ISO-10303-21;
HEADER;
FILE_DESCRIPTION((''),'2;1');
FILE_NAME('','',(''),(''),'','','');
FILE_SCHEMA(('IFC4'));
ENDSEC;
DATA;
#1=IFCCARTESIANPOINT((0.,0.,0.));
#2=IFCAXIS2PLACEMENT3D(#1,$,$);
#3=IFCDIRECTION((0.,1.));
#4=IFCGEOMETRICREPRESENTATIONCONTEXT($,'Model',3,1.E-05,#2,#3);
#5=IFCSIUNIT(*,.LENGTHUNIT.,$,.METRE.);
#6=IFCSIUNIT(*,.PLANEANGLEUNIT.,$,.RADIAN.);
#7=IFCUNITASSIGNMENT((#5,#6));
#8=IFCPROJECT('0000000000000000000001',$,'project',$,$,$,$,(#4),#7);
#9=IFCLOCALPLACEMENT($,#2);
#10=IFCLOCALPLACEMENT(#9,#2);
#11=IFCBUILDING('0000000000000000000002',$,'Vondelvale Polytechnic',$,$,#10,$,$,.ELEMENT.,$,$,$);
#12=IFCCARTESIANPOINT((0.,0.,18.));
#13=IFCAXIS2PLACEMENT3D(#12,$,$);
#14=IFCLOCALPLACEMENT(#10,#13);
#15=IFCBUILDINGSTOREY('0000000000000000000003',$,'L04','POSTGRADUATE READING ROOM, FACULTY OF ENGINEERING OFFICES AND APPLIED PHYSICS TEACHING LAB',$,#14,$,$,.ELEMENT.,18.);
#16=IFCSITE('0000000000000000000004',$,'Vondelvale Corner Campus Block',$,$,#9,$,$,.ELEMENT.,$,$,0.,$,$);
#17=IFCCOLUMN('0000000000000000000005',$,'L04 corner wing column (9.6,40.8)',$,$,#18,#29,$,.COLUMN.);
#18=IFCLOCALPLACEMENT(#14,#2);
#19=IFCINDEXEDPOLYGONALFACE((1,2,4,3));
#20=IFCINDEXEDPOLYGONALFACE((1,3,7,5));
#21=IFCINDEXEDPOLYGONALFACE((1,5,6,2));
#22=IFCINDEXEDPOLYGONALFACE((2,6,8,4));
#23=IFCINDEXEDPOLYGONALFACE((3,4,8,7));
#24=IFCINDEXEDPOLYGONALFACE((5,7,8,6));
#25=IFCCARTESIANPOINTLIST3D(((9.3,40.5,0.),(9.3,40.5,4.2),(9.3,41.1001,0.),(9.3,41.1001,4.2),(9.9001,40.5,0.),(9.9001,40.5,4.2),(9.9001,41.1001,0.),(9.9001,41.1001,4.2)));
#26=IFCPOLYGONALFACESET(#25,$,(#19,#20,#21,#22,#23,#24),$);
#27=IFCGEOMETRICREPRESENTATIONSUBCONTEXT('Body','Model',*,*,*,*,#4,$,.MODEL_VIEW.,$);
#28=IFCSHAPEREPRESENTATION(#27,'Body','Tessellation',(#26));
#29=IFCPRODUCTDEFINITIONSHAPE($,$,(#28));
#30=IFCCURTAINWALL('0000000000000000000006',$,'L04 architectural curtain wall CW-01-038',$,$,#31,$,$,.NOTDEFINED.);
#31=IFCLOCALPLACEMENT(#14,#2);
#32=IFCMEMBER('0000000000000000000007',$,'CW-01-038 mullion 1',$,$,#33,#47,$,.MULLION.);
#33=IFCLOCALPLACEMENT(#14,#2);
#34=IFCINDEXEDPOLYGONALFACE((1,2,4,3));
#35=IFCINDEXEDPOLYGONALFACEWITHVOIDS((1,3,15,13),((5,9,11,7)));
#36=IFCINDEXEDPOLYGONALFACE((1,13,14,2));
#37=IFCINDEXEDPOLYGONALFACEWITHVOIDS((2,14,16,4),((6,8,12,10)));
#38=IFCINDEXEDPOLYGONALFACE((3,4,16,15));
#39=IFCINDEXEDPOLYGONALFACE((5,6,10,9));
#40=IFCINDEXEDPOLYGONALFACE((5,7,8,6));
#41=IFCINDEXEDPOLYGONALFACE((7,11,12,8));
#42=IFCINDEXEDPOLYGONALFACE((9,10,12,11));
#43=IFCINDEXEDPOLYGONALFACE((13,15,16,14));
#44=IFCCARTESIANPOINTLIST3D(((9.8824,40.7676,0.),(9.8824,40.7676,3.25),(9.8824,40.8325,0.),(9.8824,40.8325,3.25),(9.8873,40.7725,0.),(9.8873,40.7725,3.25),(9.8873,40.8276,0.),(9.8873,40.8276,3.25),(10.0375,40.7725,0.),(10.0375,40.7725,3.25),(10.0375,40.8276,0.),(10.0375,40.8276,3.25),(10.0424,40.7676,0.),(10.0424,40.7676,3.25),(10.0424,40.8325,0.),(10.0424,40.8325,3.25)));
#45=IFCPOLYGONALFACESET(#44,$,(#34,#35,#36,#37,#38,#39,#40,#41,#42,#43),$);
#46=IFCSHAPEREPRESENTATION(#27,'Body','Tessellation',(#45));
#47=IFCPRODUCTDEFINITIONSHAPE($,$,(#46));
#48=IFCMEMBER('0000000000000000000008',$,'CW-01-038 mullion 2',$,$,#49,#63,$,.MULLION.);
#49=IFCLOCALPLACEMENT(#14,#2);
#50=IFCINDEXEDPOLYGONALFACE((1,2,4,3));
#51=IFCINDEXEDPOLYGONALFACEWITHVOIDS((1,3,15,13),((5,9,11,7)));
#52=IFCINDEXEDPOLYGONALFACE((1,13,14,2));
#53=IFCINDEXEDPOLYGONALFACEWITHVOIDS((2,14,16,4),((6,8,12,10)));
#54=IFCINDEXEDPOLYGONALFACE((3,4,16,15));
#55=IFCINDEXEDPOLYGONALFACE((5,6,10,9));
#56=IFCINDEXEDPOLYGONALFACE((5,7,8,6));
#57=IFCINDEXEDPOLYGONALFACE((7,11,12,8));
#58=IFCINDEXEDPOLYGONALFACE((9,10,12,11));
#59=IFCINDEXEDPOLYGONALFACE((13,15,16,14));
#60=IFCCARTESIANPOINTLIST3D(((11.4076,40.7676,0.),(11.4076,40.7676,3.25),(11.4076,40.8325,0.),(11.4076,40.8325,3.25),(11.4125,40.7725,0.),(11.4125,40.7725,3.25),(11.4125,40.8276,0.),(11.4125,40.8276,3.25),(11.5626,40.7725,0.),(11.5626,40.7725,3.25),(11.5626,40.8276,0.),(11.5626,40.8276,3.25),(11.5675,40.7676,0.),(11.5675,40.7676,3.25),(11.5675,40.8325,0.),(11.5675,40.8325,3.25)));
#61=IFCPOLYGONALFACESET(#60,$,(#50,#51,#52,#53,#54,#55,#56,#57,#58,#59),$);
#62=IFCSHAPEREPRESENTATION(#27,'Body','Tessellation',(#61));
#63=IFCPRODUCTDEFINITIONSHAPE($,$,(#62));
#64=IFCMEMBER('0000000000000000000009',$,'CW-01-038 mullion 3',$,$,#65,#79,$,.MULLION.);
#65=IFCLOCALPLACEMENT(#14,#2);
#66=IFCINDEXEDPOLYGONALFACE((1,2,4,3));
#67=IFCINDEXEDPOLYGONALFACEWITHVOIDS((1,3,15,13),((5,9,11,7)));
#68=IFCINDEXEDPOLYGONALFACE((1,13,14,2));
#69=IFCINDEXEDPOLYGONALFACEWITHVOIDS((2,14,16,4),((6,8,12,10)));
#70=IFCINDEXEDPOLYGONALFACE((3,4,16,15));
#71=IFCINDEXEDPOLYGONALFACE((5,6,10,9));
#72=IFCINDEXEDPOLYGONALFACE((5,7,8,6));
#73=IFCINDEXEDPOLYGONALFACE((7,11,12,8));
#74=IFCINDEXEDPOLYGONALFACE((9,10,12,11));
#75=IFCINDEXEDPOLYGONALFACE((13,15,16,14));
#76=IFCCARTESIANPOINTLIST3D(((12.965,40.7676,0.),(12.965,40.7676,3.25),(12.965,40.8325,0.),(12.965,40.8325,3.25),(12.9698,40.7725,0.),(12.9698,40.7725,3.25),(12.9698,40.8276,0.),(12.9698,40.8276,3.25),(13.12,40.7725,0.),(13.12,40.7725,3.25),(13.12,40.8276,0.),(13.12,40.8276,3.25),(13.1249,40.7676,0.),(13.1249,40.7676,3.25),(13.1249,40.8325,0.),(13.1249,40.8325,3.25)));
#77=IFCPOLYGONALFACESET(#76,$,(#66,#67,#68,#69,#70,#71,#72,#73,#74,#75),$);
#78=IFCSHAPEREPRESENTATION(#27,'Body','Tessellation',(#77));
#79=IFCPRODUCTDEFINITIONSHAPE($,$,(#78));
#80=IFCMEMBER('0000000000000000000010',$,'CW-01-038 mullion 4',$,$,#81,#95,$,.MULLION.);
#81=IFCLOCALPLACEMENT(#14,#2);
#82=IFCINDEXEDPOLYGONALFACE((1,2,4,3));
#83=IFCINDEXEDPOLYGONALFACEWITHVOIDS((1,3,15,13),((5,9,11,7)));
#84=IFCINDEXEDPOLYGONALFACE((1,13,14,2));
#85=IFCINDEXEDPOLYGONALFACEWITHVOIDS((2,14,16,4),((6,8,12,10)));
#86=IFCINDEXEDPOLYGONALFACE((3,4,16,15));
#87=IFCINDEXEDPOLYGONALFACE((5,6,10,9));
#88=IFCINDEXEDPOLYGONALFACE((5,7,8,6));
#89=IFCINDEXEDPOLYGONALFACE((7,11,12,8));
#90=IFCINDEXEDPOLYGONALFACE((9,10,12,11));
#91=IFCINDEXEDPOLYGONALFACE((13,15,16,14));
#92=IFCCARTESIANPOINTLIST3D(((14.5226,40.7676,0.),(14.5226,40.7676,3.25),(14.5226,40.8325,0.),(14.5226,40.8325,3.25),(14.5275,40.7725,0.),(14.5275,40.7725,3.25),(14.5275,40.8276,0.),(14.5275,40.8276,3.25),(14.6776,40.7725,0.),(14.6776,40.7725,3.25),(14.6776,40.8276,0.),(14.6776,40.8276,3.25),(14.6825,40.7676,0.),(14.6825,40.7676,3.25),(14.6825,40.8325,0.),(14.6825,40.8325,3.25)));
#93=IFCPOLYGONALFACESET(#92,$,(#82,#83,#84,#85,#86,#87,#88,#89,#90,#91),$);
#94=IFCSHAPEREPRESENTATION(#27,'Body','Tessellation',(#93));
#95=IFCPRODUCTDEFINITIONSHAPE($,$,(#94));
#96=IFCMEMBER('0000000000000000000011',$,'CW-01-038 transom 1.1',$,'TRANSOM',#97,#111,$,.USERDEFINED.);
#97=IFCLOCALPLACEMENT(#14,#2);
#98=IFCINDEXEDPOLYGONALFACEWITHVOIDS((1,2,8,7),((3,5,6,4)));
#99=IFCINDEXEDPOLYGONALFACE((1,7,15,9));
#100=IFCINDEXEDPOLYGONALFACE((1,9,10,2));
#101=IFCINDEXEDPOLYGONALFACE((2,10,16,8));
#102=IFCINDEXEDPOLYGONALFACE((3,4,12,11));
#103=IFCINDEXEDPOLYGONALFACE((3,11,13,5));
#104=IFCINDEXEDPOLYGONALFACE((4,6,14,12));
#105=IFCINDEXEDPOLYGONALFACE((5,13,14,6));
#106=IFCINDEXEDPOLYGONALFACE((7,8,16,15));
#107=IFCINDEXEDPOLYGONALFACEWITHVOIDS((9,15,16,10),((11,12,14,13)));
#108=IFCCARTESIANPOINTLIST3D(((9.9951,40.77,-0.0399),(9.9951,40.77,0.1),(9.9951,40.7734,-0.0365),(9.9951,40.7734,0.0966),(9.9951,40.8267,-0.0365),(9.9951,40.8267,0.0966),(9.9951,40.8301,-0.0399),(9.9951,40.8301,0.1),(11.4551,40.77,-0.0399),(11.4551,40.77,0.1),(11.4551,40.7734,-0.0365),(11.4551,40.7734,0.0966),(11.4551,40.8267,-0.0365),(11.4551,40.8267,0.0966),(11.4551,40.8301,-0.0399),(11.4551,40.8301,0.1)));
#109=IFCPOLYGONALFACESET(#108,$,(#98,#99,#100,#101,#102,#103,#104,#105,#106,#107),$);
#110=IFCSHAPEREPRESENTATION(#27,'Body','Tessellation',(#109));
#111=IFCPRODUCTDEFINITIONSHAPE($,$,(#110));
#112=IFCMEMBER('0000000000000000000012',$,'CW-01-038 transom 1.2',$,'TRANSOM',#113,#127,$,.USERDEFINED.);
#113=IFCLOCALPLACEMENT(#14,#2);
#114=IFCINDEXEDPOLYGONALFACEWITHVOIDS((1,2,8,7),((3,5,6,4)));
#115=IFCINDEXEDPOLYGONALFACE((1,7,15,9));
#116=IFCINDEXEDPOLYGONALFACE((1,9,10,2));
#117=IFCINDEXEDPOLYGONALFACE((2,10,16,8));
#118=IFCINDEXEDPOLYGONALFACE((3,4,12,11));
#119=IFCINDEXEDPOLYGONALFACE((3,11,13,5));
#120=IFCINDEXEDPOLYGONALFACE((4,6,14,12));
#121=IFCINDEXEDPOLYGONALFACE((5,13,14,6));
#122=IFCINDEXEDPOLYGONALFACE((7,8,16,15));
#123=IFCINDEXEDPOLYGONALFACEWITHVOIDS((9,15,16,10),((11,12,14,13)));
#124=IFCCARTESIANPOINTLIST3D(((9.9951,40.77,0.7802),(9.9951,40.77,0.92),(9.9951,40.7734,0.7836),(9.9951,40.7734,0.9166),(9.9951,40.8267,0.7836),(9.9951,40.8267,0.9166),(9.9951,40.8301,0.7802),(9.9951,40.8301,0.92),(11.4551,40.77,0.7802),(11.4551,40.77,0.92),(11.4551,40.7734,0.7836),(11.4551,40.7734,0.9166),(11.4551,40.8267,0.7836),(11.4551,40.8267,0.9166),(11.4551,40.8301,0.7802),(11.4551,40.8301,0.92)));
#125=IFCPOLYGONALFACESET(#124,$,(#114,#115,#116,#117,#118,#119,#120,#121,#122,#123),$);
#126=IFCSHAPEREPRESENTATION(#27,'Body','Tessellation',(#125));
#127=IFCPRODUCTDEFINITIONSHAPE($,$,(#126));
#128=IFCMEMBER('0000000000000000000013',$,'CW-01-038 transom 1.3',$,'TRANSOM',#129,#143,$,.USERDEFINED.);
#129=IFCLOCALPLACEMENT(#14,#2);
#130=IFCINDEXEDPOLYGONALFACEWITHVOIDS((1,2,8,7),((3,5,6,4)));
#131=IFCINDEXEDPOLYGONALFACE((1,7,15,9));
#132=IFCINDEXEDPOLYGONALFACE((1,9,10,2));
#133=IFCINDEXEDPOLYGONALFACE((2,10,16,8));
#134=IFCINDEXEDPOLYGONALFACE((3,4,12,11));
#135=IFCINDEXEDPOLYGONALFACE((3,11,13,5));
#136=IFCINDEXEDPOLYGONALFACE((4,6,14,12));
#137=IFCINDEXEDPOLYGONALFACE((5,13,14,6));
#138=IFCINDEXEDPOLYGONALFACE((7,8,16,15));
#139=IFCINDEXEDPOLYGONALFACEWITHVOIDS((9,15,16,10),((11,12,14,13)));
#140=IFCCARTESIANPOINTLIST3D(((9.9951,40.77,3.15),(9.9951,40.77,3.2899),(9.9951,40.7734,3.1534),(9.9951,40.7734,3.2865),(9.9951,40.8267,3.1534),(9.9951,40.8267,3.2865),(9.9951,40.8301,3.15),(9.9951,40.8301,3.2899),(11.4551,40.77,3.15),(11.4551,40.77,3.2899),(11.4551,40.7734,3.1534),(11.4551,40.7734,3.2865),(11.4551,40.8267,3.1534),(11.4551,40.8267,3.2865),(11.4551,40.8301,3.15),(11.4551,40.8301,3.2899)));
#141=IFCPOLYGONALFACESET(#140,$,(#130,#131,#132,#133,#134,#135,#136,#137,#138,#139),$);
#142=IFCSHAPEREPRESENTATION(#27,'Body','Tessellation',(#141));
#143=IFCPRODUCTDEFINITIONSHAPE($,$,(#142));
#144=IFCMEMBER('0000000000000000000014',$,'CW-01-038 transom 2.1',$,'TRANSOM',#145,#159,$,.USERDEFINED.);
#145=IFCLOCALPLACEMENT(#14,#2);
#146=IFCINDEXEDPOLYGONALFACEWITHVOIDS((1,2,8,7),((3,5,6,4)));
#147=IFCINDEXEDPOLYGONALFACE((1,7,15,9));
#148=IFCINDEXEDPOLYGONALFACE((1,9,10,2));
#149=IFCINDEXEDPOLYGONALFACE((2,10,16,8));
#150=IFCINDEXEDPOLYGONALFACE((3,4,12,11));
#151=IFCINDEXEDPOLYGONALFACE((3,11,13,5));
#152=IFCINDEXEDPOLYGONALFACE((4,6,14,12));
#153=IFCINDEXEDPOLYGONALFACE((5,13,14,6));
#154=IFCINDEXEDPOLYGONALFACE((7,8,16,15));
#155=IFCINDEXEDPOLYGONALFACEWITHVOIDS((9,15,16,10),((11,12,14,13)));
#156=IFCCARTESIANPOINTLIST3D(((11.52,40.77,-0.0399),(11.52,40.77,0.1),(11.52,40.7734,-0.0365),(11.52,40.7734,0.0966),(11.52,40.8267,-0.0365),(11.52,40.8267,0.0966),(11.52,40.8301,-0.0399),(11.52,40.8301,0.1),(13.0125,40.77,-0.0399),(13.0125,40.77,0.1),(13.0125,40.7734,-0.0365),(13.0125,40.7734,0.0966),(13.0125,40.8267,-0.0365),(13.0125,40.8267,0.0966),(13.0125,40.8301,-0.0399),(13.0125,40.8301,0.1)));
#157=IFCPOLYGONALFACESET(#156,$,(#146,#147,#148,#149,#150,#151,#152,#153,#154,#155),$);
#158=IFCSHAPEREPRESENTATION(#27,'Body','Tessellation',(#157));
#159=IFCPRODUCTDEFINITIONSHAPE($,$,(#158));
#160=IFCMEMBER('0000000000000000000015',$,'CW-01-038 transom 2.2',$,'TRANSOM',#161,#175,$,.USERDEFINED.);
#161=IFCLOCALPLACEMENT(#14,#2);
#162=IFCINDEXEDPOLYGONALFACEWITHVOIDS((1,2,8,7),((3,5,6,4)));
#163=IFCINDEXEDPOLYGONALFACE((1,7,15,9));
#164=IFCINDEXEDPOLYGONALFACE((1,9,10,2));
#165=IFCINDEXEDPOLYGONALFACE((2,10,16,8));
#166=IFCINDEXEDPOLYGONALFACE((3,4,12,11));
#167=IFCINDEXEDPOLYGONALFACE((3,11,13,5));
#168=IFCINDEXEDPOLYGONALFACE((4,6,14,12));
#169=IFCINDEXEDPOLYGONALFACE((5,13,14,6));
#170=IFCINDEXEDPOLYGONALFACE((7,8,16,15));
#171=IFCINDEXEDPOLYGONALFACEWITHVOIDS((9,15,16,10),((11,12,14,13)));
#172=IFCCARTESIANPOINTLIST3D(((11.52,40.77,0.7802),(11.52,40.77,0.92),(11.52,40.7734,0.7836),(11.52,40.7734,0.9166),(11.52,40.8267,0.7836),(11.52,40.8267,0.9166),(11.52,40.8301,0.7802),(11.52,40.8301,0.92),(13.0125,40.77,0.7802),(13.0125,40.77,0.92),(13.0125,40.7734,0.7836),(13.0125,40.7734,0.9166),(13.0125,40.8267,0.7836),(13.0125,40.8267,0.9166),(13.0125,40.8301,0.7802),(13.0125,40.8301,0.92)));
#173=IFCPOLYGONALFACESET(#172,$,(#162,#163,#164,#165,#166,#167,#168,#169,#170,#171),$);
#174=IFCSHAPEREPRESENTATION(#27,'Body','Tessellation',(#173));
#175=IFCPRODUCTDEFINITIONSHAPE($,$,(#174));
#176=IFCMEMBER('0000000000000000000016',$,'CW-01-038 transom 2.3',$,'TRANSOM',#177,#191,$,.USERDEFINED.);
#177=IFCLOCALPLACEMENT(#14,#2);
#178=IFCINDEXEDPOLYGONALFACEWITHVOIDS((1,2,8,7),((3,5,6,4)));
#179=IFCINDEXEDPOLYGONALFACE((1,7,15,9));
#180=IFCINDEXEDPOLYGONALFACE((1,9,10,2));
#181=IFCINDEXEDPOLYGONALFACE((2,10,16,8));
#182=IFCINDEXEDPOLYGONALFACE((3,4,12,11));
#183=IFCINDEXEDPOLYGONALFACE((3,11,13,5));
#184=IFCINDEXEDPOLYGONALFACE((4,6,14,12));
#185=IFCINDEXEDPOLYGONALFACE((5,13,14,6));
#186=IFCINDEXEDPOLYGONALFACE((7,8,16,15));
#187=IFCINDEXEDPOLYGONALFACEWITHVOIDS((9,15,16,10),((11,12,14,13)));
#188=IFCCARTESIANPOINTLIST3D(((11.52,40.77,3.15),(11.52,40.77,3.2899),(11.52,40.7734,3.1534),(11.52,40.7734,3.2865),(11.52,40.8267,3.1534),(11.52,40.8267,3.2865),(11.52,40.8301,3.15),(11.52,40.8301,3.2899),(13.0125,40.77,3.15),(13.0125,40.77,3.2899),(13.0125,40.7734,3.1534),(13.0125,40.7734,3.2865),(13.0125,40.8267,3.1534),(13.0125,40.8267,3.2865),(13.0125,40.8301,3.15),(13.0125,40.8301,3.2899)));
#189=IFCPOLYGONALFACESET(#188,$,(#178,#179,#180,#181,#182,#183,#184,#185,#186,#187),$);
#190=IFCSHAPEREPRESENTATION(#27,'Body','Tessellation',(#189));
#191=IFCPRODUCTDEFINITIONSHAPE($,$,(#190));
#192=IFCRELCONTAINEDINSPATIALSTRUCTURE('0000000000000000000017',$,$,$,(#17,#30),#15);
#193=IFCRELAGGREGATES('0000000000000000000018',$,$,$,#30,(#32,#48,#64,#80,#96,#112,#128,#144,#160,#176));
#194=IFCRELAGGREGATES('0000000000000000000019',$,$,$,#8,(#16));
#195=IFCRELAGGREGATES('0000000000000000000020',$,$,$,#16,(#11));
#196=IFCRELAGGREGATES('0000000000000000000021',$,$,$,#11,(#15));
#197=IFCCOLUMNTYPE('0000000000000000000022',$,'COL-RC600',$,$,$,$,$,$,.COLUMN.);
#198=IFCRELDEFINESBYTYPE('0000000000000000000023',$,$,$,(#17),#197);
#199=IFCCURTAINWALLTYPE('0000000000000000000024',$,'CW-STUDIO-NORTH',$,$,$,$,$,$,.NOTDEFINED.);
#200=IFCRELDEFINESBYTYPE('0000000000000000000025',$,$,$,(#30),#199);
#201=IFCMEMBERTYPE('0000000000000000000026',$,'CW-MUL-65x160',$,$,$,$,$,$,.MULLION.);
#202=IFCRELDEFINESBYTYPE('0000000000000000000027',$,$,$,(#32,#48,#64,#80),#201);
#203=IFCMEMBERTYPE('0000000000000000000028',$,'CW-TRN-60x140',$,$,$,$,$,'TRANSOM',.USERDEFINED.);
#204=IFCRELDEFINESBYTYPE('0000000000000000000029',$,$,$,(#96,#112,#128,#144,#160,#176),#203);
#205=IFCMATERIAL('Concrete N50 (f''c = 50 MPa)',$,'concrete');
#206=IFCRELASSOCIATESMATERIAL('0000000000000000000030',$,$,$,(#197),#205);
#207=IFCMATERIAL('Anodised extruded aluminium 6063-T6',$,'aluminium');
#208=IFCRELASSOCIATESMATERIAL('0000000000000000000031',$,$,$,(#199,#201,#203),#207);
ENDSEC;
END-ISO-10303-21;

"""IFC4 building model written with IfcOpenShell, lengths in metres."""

from ifc_helpers import new_model, si_unit, direction, frame, origin, origin_2d, place, context, subcontext, project, spatial, rectangle, hollow_rectangle, extrude, material, material_profile, profile_set, type_object, element, aggregate, save


model = new_model("IFC4")

# Units and contexts
model_context = context("Model", 3, precision=1e-05, world=origin(), true_north=direction((0.0, 1.0)))
body_context = subcontext(model_context, "Body", "Model", "MODEL_VIEW")
ifc_project = project(units=[si_unit("LENGTHUNIT", "METRE"), si_unit("PLANEANGLEUNIT", "RADIAN")], contexts=[model_context])

# Site, building, storey
site_placement = place(None, origin())
site = spatial("IfcSite", under=ifc_project, at=site_placement, Name="Vondelvale Corner Campus Block", CompositionType="ELEMENT", RefElevation=0.0)
building_placement = place(site_placement, origin())
building = spatial("IfcBuilding", under=site, at=building_placement, Name="Vondelvale Polytechnic", CompositionType="ELEMENT")
storey_placement = place(building_placement, frame((0.0, 0.0, 18.0)))
storey = spatial("IfcBuildingStorey", under=building, at=storey_placement, Name="L04", Description="POSTGRADUATE READING ROOM, FACULTY OF ENGINEERING OFFICES AND APPLIED PHYSICS TEACHING LAB", CompositionType="ELEMENT", Elevation=18.0)

# Column
ifc_material_1 = material(Name="Concrete N50 (f'c = 50 MPa)", Category="concrete")
ifc_material_profile_1 = material_profile(ifc_material_1, rectangle(XDim=0.6001, YDim=0.6001, at=origin_2d()), Name="RC-COL-600x600")
ifc_profile_set_1 = profile_set([ifc_material_profile_1], Name="Concrete N50 (f'c = 50 MPa)")
column_type = type_object("IfcColumnType", Name="COL-RC600", PredefinedType="COLUMN", material=ifc_profile_set_1)
column_placement = place(storey_placement, frame((9.6001, 40.8, 0.0), z_axis=(0.0, 0.0, 1.0), x_axis=(1.0, 0.0, 0.0)))
element("IfcColumn", 1, at=column_placement, inside=storey, type_object=column_type, Name="L04 corner wing column (9.6,40.8)", PredefinedType="COLUMN", context=body_context, shape_type="SweptSolid", body=[
    extrude(rectangle(XDim=0.6001, YDim=0.6001, at=origin_2d()), origin(), (0.0, 0.0, 1.0), 4.2),
])

# Curtain wall, members
ifc_material_2 = material(Name="Anodised extruded aluminium 6063-T6", Category="aluminium")
curtain_wall_type = type_object("IfcCurtainWallType", Name="CW-STUDIO-NORTH", PredefinedType="NOTDEFINED", material=ifc_material_2)
curtain_wall_placement = place(storey_placement, origin())
curtain_wall = element("IfcCurtainWall", 2, at=curtain_wall_placement, inside=storey, type_object=curtain_wall_type, Name="L04 architectural curtain wall CW-01-038", PredefinedType="NOTDEFINED")
ifc_material_profile_2 = material_profile(ifc_material_2, hollow_rectangle(XDim=0.0649, YDim=0.1599, WallThickness=0.0049, at=origin_2d()), Name="CW-MUL-160x65")
ifc_profile_set_2 = profile_set([ifc_material_profile_2], Name="Anodised extruded aluminium 6063-T6")
member_type_1 = type_object("IfcMemberType", Name="CW-MUL-65x160", PredefinedType="MULLION", material=ifc_profile_set_2)
member_1_placement = place(storey_placement, frame((9.9624, 40.8, 0.0), z_axis=(0.0, 0.0, 1.0), x_axis=(0.0, 1.0, 0.0)))
member_1 = element("IfcMember", 3, at=member_1_placement, type_object=member_type_1, Name="CW-01-038 mullion 1", PredefinedType="MULLION", context=body_context, shape_type="SweptSolid", body=[
    extrude(hollow_rectangle(XDim=0.0649, YDim=0.1599, WallThickness=0.0049, at=origin_2d()), origin(), (0.0, 0.0, 1.0), 3.25),
])
member_2_placement = place(storey_placement, frame((11.4875, 40.8, 0.0), z_axis=(0.0, 0.0, 1.0), x_axis=(0.0, 1.0, 0.0)))
member_2 = element("IfcMember", 4, at=member_2_placement, type_object=member_type_1, Name="CW-01-038 mullion 2", PredefinedType="MULLION", context=body_context, shape_type="SweptSolid", body=[
    extrude(hollow_rectangle(XDim=0.0649, YDim=0.1599, WallThickness=0.0049, at=origin_2d()), origin(), (0.0, 0.0, 1.0), 3.25),
])
member_3_placement = place(storey_placement, frame((13.0449, 40.8, 0.0), z_axis=(0.0, 0.0, 1.0), x_axis=(0.0, 1.0, 0.0)))
member_3 = element("IfcMember", 5, at=member_3_placement, type_object=member_type_1, Name="CW-01-038 mullion 3", PredefinedType="MULLION", context=body_context, shape_type="SweptSolid", body=[
    extrude(hollow_rectangle(XDim=0.0649, YDim=0.1599, WallThickness=0.0049, at=origin_2d()), origin(), (0.0, 0.0, 1.0), 3.25),
])
member_4_placement = place(storey_placement, frame((14.6025, 40.8, 0.0), z_axis=(0.0, 0.0, 1.0), x_axis=(0.0, 1.0, 0.0)))
member_4 = element("IfcMember", 6, at=member_4_placement, type_object=member_type_1, Name="CW-01-038 mullion 4", PredefinedType="MULLION", context=body_context, shape_type="SweptSolid", body=[
    extrude(hollow_rectangle(XDim=0.0649, YDim=0.1599, WallThickness=0.0049, at=origin_2d()), origin(), (0.0, 0.0, 1.0), 3.25),
])
ifc_material_profile_3 = material_profile(ifc_material_2, hollow_rectangle(XDim=0.0601, YDim=0.1399, WallThickness=0.0034, at=origin_2d()), Name="CW-TRN-140x60")
ifc_profile_set_3 = profile_set([ifc_material_profile_3], Name="Anodised extruded aluminium 6063-T6")
member_type_2 = type_object("IfcMemberType", Name="CW-TRN-60x140", ElementType="TRANSOM", PredefinedType="USERDEFINED", material=ifc_profile_set_3)
member_5_placement = place(storey_placement, frame((9.9951, 40.8, 0.03), z_axis=(1.0, 0.0, 0.0), x_axis=(0.0, 1.0, 0.0)))
member_5 = element("IfcMember", 7, at=member_5_placement, type_object=member_type_2, Name="CW-01-038 transom 1.1", ObjectType="TRANSOM", PredefinedType="USERDEFINED", context=body_context, shape_type="SweptSolid", body=[
    extrude(hollow_rectangle(XDim=0.0601, YDim=0.1399, WallThickness=0.0034, at=origin_2d()), origin(), (0.0, 0.0, 1.0), 1.46),
])
member_6_placement = place(storey_placement, frame((9.9951, 40.8, 0.8501), z_axis=(1.0, 0.0, 0.0), x_axis=(0.0, 1.0, 0.0)))
member_6 = element("IfcMember", 8, at=member_6_placement, type_object=member_type_2, Name="CW-01-038 transom 1.2", ObjectType="TRANSOM", PredefinedType="USERDEFINED", context=body_context, shape_type="SweptSolid", body=[
    extrude(hollow_rectangle(XDim=0.0601, YDim=0.1399, WallThickness=0.0034, at=origin_2d()), origin(), (0.0, 0.0, 1.0), 1.46),
])
member_7_placement = place(storey_placement, frame((9.9951, 40.8, 3.22), z_axis=(1.0, 0.0, 0.0), x_axis=(0.0, 1.0, 0.0)))
member_7 = element("IfcMember", 9, at=member_7_placement, type_object=member_type_2, Name="CW-01-038 transom 1.3", ObjectType="TRANSOM", PredefinedType="USERDEFINED", context=body_context, shape_type="SweptSolid", body=[
    extrude(hollow_rectangle(XDim=0.0601, YDim=0.1399, WallThickness=0.0034, at=origin_2d()), origin(), (0.0, 0.0, 1.0), 1.46),
])
member_8_placement = place(storey_placement, frame((11.52, 40.8, 0.03), z_axis=(1.0, 0.0, 0.0), x_axis=(0.0, 1.0, 0.0)))
member_8 = element("IfcMember", 10, at=member_8_placement, type_object=member_type_2, Name="CW-01-038 transom 2.1", ObjectType="TRANSOM", PredefinedType="USERDEFINED", context=body_context, shape_type="SweptSolid", body=[
    extrude(hollow_rectangle(XDim=0.0601, YDim=0.1399, WallThickness=0.0034, at=origin_2d()), origin(), (0.0, 0.0, 1.0), 1.4924),
])
member_9_placement = place(storey_placement, frame((11.52, 40.8, 0.8501), z_axis=(1.0, 0.0, 0.0), x_axis=(0.0, 1.0, 0.0)))
member_9 = element("IfcMember", 11, at=member_9_placement, type_object=member_type_2, Name="CW-01-038 transom 2.2", ObjectType="TRANSOM", PredefinedType="USERDEFINED", context=body_context, shape_type="SweptSolid", body=[
    extrude(hollow_rectangle(XDim=0.0601, YDim=0.1399, WallThickness=0.0034, at=origin_2d()), origin(), (0.0, 0.0, 1.0), 1.4924),
])
member_10_placement = place(storey_placement, frame((11.52, 40.8, 3.22), z_axis=(1.0, 0.0, 0.0), x_axis=(0.0, 1.0, 0.0)))
member_10 = element("IfcMember", 12, at=member_10_placement, type_object=member_type_2, Name="CW-01-038 transom 2.3", ObjectType="TRANSOM", PredefinedType="USERDEFINED", context=body_context, shape_type="SweptSolid", body=[
    extrude(hollow_rectangle(XDim=0.0601, YDim=0.1399, WallThickness=0.0034, at=origin_2d()), origin(), (0.0, 0.0, 1.0), 1.4924),
])

aggregate(curtain_wall, [member_1, member_2, member_3, member_4, member_5, member_6, member_7, member_8, member_9, member_10])

save(model, "model.ifc")
